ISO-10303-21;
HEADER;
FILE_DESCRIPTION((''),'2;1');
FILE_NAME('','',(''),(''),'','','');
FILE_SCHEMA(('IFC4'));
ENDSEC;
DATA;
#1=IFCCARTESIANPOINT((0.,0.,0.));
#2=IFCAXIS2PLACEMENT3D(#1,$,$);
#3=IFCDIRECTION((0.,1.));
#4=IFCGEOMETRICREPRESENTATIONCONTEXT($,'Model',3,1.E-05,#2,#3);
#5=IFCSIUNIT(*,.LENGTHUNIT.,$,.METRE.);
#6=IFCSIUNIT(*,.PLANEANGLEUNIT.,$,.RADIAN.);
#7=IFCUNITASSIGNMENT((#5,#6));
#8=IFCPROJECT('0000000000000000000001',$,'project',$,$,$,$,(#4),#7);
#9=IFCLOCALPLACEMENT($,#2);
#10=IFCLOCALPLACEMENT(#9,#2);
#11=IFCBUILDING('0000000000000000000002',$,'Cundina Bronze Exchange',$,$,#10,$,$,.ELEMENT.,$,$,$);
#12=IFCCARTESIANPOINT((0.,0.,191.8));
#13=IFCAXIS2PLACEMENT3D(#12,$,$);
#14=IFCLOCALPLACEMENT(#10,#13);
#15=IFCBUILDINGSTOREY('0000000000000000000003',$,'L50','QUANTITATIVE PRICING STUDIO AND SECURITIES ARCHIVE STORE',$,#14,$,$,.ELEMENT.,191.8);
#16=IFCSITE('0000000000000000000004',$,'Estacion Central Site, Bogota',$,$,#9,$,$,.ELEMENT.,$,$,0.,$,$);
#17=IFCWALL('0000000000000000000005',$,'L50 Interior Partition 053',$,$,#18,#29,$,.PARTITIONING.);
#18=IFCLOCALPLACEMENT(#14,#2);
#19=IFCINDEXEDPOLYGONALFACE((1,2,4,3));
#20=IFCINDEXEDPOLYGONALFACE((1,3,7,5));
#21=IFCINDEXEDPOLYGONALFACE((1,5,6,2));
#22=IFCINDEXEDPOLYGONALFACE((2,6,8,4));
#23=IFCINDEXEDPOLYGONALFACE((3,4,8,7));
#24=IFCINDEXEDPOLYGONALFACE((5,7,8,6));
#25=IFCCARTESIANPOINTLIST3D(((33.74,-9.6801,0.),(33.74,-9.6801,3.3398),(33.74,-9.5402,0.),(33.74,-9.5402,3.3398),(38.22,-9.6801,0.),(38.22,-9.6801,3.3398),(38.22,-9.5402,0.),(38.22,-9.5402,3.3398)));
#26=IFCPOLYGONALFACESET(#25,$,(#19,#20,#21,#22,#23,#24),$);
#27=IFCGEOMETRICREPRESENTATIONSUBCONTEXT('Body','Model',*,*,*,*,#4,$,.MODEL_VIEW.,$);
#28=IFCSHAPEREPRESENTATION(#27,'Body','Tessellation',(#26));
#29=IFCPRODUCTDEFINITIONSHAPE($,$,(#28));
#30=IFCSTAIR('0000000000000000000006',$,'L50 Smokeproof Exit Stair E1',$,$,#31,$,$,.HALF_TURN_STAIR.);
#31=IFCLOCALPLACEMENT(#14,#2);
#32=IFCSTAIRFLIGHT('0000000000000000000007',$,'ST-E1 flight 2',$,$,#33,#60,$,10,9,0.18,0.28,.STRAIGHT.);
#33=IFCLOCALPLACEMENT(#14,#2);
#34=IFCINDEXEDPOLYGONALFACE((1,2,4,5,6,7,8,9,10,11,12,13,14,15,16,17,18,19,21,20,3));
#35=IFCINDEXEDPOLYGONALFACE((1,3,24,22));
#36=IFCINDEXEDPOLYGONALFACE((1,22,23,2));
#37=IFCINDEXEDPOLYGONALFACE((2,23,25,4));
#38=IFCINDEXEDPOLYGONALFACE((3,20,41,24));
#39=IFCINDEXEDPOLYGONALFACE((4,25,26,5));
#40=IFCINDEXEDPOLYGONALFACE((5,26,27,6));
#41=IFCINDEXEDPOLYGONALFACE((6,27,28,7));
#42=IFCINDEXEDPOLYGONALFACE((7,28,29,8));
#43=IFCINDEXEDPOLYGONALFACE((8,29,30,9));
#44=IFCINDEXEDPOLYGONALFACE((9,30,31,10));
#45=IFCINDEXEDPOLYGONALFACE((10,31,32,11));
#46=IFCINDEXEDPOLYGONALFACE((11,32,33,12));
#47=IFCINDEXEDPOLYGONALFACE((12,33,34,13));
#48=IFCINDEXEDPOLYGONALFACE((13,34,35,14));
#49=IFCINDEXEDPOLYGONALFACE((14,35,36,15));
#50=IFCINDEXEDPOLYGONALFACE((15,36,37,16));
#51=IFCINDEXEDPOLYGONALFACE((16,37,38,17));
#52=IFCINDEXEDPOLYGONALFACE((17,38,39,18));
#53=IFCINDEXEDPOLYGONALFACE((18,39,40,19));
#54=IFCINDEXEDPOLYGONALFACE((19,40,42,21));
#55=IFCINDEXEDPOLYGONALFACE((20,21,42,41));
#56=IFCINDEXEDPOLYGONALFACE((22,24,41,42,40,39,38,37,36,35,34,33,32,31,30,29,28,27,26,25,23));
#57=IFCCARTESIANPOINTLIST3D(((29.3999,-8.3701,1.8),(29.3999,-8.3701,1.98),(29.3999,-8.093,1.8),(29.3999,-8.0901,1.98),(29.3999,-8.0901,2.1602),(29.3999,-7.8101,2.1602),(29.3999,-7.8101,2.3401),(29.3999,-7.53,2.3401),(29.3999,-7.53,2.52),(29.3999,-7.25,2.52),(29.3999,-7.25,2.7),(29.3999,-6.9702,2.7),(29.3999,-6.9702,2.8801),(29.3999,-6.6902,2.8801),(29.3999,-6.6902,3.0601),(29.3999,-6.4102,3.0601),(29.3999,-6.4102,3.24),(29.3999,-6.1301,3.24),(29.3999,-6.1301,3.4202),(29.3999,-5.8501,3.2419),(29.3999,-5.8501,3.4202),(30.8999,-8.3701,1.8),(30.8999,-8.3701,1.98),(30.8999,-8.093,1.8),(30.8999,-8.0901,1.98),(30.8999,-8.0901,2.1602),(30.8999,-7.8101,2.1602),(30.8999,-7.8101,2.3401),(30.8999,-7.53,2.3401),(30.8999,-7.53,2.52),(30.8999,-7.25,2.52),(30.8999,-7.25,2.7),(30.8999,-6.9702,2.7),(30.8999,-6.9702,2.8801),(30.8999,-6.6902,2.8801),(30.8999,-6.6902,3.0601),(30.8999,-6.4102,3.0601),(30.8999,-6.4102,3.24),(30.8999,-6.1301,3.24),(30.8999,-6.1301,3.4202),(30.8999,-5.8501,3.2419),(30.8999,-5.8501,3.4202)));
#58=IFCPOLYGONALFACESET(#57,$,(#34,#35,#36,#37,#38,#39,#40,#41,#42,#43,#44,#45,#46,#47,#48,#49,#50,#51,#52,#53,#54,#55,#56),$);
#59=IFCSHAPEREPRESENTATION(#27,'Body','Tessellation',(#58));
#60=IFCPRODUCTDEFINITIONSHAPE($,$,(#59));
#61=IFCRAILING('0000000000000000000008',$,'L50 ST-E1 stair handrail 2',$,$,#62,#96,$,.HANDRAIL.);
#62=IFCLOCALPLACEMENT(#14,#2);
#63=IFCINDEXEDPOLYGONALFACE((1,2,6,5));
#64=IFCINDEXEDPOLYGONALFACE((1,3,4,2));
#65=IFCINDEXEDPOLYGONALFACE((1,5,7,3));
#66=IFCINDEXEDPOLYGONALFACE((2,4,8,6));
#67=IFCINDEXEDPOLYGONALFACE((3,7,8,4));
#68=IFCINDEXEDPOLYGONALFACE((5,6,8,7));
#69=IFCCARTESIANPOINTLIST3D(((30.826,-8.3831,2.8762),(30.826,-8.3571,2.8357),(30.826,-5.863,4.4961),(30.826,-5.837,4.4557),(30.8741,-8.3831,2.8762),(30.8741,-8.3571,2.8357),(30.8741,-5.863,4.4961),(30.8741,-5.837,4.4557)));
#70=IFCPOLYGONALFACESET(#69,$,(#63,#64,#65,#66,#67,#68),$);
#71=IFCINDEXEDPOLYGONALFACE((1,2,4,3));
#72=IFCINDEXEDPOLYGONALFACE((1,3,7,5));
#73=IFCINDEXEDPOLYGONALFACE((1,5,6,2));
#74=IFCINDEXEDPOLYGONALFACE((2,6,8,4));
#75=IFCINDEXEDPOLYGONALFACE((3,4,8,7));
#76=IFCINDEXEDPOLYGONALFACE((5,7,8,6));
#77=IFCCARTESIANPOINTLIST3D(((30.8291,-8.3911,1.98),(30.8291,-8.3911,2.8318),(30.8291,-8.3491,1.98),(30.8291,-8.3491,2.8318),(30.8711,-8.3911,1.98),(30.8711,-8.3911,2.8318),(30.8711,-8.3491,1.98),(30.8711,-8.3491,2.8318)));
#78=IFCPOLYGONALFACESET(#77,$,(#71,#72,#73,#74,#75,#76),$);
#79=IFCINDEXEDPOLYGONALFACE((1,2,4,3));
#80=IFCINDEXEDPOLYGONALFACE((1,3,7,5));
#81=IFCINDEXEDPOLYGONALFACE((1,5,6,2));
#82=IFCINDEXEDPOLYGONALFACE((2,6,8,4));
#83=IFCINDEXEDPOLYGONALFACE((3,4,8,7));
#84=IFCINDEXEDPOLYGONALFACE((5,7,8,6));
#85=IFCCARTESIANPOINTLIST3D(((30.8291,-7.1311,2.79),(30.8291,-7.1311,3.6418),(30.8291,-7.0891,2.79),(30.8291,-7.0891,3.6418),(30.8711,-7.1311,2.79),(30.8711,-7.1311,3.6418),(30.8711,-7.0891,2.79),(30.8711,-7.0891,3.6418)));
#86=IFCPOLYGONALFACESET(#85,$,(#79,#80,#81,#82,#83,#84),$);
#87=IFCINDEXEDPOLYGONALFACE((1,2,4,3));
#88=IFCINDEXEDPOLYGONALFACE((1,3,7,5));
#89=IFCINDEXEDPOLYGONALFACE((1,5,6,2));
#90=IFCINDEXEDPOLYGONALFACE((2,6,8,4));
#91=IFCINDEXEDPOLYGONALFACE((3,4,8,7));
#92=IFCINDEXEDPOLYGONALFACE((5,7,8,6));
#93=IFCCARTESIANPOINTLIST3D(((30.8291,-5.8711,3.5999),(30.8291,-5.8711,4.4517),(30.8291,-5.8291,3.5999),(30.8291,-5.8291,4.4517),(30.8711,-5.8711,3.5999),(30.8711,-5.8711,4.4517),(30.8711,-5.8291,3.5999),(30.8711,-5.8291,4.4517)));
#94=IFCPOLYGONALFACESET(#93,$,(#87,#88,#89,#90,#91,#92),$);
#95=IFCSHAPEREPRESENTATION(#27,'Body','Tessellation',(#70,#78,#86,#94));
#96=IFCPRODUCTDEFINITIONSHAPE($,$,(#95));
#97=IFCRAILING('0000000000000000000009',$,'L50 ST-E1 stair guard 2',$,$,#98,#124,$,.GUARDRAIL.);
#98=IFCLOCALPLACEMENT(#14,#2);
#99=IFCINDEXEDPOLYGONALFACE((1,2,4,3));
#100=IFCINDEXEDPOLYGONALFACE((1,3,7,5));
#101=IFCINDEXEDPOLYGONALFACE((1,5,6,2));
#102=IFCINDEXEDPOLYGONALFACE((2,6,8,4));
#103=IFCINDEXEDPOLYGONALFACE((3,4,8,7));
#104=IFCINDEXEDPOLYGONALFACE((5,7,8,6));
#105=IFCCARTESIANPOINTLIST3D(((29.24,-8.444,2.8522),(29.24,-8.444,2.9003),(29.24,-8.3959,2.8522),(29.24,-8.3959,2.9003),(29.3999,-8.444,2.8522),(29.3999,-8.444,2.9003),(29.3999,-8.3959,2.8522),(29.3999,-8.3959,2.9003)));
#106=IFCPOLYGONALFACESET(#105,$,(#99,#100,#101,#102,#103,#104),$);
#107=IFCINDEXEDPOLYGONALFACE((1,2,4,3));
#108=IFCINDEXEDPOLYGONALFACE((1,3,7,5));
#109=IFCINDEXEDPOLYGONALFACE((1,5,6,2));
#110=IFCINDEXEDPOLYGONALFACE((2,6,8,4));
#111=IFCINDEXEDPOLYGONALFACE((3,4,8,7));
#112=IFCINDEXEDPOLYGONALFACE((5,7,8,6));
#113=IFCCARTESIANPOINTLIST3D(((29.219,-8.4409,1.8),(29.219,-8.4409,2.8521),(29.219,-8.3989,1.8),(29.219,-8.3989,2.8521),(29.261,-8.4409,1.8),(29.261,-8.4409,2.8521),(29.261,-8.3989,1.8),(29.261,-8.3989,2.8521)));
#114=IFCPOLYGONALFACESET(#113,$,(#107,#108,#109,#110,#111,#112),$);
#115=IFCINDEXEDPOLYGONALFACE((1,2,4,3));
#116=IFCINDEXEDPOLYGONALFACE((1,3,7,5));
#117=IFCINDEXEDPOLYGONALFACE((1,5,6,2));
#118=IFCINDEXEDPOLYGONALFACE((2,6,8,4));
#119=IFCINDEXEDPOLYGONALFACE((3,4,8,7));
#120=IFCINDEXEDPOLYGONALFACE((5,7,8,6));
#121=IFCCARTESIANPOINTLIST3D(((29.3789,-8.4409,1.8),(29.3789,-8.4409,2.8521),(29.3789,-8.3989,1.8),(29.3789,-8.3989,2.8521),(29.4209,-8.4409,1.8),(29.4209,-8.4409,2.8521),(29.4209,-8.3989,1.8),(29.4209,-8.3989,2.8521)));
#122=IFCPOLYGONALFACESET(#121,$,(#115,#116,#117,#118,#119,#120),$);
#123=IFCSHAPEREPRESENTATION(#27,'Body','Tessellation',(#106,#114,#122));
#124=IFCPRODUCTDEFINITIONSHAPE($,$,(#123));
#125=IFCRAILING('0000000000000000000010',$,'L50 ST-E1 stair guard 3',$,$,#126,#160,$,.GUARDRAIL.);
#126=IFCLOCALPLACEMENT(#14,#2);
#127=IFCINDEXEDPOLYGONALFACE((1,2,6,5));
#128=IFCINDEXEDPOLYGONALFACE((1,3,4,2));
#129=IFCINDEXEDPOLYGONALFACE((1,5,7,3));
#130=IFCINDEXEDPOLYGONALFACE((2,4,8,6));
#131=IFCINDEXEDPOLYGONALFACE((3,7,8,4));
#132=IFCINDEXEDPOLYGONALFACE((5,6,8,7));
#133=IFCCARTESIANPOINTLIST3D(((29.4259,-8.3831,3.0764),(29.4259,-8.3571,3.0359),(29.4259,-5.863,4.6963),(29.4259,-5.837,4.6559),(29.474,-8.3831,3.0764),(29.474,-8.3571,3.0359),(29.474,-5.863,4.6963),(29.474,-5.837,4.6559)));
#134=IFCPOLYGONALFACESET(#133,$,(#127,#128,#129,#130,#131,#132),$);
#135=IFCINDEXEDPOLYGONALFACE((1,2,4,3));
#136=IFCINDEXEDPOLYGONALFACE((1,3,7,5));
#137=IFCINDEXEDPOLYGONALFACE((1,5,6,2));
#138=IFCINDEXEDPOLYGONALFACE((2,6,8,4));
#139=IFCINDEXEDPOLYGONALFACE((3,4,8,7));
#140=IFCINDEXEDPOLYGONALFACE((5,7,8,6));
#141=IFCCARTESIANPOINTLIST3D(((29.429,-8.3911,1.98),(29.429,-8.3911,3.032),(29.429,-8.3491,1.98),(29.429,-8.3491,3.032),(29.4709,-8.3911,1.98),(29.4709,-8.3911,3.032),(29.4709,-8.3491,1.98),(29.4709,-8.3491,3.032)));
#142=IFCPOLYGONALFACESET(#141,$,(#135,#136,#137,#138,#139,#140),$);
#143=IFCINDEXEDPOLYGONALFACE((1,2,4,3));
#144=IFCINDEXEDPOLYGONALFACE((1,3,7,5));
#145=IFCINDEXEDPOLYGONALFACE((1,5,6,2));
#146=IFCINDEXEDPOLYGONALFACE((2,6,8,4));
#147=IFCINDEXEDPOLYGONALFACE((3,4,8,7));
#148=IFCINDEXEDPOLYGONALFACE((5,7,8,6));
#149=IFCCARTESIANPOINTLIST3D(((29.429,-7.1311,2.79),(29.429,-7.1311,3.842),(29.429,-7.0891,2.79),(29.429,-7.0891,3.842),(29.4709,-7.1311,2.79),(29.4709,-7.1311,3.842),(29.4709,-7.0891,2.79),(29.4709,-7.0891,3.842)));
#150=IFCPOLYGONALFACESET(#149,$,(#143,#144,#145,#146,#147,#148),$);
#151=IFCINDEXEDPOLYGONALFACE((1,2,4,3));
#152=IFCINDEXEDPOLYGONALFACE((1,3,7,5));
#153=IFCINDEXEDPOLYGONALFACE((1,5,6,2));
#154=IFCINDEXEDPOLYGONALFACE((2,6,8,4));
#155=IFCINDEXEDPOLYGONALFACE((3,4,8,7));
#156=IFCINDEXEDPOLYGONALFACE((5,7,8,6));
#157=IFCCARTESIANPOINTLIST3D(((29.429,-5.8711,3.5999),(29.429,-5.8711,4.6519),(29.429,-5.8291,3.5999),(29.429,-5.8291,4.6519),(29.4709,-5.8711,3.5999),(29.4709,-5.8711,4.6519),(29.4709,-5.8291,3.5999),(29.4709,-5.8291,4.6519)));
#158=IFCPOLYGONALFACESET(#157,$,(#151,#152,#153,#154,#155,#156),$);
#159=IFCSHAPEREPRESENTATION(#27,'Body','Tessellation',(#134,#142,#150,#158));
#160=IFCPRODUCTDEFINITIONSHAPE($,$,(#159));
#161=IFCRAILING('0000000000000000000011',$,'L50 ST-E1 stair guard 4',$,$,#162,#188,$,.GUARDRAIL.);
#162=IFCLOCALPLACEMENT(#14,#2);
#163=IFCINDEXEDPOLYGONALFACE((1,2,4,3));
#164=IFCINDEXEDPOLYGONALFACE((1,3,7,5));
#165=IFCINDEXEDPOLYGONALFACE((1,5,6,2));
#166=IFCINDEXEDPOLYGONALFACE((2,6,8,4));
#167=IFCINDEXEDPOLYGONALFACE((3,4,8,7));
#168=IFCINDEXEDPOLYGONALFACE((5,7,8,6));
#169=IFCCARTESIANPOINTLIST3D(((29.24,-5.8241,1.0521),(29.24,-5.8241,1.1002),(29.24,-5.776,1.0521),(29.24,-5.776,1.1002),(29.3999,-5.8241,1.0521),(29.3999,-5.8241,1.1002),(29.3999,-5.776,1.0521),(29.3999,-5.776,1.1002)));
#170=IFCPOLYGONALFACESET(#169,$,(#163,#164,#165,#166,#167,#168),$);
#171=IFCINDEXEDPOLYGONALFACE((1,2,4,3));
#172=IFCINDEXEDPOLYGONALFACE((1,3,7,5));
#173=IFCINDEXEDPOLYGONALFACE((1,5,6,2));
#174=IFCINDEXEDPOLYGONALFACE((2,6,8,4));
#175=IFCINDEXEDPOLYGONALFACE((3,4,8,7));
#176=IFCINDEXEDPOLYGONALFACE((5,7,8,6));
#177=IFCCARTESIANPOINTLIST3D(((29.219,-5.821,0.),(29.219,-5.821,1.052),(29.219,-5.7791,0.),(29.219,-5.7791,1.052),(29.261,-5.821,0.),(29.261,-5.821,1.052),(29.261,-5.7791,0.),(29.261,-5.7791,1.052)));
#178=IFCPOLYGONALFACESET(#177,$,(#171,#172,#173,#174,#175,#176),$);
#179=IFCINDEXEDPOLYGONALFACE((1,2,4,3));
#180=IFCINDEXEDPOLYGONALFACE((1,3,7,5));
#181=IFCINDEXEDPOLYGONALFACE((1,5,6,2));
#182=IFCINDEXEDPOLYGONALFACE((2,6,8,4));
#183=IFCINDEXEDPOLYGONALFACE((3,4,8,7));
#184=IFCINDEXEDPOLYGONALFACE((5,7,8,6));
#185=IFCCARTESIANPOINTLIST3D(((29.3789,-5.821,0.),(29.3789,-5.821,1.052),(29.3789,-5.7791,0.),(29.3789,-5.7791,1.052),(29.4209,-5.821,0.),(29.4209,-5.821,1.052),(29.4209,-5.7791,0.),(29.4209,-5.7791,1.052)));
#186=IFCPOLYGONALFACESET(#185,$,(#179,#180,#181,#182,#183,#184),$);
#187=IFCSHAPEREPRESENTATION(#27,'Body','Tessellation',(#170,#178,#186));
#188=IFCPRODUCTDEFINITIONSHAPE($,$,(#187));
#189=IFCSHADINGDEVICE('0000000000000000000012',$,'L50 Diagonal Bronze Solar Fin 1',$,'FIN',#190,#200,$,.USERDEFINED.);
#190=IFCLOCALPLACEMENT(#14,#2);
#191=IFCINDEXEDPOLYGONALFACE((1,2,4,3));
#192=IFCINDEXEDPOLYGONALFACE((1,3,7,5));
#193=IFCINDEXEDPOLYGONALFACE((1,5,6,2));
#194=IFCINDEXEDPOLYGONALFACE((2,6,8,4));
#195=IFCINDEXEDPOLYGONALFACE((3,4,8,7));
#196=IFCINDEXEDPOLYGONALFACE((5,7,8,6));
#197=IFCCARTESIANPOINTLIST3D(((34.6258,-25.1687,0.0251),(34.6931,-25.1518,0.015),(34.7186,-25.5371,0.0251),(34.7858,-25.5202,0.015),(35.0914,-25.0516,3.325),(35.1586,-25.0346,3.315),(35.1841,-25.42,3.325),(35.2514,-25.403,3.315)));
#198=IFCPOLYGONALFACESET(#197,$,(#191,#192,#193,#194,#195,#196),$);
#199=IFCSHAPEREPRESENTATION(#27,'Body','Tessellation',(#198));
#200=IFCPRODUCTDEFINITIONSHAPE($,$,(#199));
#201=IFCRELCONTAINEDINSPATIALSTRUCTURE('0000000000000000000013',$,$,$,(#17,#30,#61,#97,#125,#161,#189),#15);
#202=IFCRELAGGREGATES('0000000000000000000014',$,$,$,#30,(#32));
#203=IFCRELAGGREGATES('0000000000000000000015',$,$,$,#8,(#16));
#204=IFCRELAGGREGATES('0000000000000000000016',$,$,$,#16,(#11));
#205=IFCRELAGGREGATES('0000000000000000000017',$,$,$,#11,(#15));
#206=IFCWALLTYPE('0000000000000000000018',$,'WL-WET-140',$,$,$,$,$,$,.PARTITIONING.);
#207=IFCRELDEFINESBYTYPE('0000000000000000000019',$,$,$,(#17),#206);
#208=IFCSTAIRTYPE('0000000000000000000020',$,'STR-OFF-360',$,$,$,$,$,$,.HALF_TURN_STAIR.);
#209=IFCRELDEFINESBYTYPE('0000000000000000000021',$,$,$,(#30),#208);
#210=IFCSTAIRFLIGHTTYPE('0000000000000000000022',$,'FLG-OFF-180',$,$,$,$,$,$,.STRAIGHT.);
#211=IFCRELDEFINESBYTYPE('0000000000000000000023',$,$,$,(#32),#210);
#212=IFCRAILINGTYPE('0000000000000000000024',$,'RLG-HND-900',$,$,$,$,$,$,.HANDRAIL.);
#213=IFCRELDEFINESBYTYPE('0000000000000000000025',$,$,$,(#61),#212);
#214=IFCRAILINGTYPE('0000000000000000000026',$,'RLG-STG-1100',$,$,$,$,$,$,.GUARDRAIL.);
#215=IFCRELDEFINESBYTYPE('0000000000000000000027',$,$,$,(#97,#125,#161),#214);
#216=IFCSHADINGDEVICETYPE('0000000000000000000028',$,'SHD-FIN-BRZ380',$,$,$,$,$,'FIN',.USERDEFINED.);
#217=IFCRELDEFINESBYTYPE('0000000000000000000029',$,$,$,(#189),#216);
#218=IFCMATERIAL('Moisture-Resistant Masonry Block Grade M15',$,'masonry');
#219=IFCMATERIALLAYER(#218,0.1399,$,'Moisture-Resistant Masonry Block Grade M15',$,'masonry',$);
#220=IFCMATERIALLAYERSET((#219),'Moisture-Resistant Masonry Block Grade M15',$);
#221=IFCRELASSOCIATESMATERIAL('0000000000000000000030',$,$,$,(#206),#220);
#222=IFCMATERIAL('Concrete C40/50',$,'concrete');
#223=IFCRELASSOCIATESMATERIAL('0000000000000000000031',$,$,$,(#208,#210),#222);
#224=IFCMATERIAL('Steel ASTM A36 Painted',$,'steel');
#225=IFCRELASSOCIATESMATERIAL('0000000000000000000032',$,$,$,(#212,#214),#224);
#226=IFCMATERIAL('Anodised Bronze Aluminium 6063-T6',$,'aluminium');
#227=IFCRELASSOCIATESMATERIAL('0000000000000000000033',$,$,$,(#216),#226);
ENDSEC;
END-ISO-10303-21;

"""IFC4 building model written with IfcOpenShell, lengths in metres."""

from ifc_helpers import new_model, si_unit, direction, frame, frame_2d, origin, origin_2d, place, context, subcontext, project, spatial, polyline, rectangle, outline, extrude, material, layer, layer_set, material_profile, profile_set, type_object, element, aggregate, save


model = new_model("IFC4")

# Units and contexts
model_context = context("Model", 3, precision=1e-05, world=origin(), true_north=direction((0.0, 1.0)))
body_context = subcontext(model_context, "Body", "Model", "MODEL_VIEW")
ifc_project = project(units=[si_unit("LENGTHUNIT", "METRE"), si_unit("PLANEANGLEUNIT", "RADIAN")], contexts=[model_context])

# Site, building, storey
site_placement = place(None, origin())
site = spatial("IfcSite", under=ifc_project, at=site_placement, Name="Estacion Central Site, Bogota", CompositionType="ELEMENT", RefElevation=0.0)
building_placement = place(site_placement, origin())
building = spatial("IfcBuilding", under=site, at=building_placement, Name="Cundina Bronze Exchange", CompositionType="ELEMENT")
storey_placement = place(building_placement, frame((0.0, 0.0, 191.8)))
storey = spatial("IfcBuildingStorey", under=building, at=storey_placement, Name="L50", Description="QUANTITATIVE PRICING STUDIO AND SECURITIES ARCHIVE STORE", CompositionType="ELEMENT", Elevation=191.8)

# Shared definitions
ifc_material_1 = material(Name="Anodised Bronze Aluminium 6063-T6", Category="aluminium")

# Wall
ifc_material_2 = material(Name="Moisture-Resistant Masonry Block Grade M15", Category="masonry")
ifc_layer_1 = layer(ifc_material_2, 0.1399, Name="Moisture-Resistant Masonry Block Grade M15", Category="masonry")
ifc_layer_set_1 = layer_set([ifc_layer_1], Name="Moisture-Resistant Masonry Block Grade M15")
wall_type_1 = type_object("IfcWallType", Name="WL-WET-140", PredefinedType="PARTITIONING", material=ifc_layer_set_1)
for number, where, z_axis, x_axis, name in (
    (1, (33.74, -9.6101, 0.0), (0.0, 0.0, 1.0), (1.0, 0.0, 0.0), "L50 Interior Partition 053"),
):
    element("IfcWall", number, at=place(storey_placement, frame(where, z_axis=z_axis, x_axis=x_axis)), inside=storey, type_object=wall_type_1, Name=name, PredefinedType="PARTITIONING", context=body_context, shape_type="SweptSolid", body=[
        extrude(rectangle(XDim=4.48, YDim=0.1399, at=frame_2d((2.24, 0.0))), origin(), (0.0, 0.0, 1.0), 3.3398),
    ])

# Stair, stair flight
ifc_material_3 = material(Name="Concrete C40/50", Category="concrete")
stair_type = type_object("IfcStairType", Name="STR-OFF-360", PredefinedType="HALF_TURN_STAIR", material=ifc_material_3)
stair_placement = place(storey_placement, origin())
stair = element("IfcStair", 2, at=stair_placement, inside=storey, type_object=stair_type, Name="L50 Smokeproof Exit Stair E1", PredefinedType="HALF_TURN_STAIR")
stair_flight_type = type_object("IfcStairFlightType", Name="FLG-OFF-180", PredefinedType="STRAIGHT", material=ifc_material_3)
stair_flight_placement = place(storey_placement, frame((30.1499, -8.3701, 1.8), z_axis=(0.0, 0.0, 1.0), x_axis=(0.0, 1.0, 0.0)))
stair_flight = element("IfcStairFlight", 3, at=stair_flight_placement, type_object=stair_flight_type, Name="ST-E1 flight 2", NumberOfRisers=10, NumberOfTreads=9, PredefinedType="STRAIGHT", RiserHeight=0.18, TreadLength=0.28, context=body_context, shape_type="SweptSolid", body=[
    extrude(outline(polyline([(0.0, 0.0), (0.0, 0.1799), (0.28, 0.1799), (0.28, 0.3601), (0.5601, 0.3601), (0.5601, 0.54), (0.8401, 0.54), (0.8401, 0.72), (1.1201, 0.72), (1.1201, 0.8999), (1.3999, 0.8999), (1.3999, 1.0801), (1.6799, 1.0801), (1.6799, 1.26), (1.96, 1.26), (1.96, 1.4399), (2.24, 1.4399), (2.24, 1.6201), (2.52, 1.6201), (2.52, 1.8), (2.52, 1.4419), (0.2771, 0.0), (0.0, 0.0)])), frame((0.0, 0.75, 0.0), z_axis=(0.0, -1.0, 0.0), x_axis=(1.0, 0.0, 0.0)), (0.0, 0.0, 1.0), 1.5),
])
aggregate(stair, [stair_flight])

# Railings
ifc_material_4 = material(Name="Steel ASTM A36 Painted", Category="steel")
railing_type_1 = type_object("IfcRailingType", Name="RLG-HND-900", PredefinedType="HANDRAIL", material=ifc_material_4)
railing_1_placement = place(storey_placement, frame((30.8501, -8.3701, 1.98)))
element("IfcRailing", 4, at=railing_1_placement, inside=storey, type_object=railing_type_1, Name="L50 ST-E1 stair handrail 2", PredefinedType="HANDRAIL", context=body_context, shape_type="SweptSolid", body=[
    extrude(rectangle(XDim=0.0481, YDim=0.0481, at=origin_2d()), frame((0.0, 0.0, 0.876), z_axis=(0.0, 0.8412, 0.540725), x_axis=(-1.0, 0.0, 0.0)), (0.0, 0.0, 1.0), 2.9958),
    extrude(rectangle(XDim=0.042, YDim=0.042, at=origin_2d()), origin(), (0.0, 0.0, 1.0), 0.8518),
    extrude(rectangle(XDim=0.042, YDim=0.042, at=origin_2d()), frame((0.0, 1.26, 0.8101)), (0.0, 0.0, 1.0), 0.8518),
    extrude(rectangle(XDim=0.042, YDim=0.042, at=origin_2d()), frame((0.0, 2.52, 1.6199)), (0.0, 0.0, 1.0), 0.8518),
])
railing_type_2 = type_object("IfcRailingType", Name="RLG-STG-1100", PredefinedType="GUARDRAIL", material=ifc_material_4)
railing_2_placement = place(storey_placement, frame((29.24, -8.4199, 1.8)))
element("IfcRailing", 5, at=railing_2_placement, inside=storey, type_object=railing_type_2, Name="L50 ST-E1 stair guard 2", PredefinedType="GUARDRAIL", context=body_context, shape_type="SweptSolid", body=[
    extrude(rectangle(XDim=0.0481, YDim=0.0481, at=origin_2d()), frame((0.0, 0.0, 1.0762), z_axis=(1.0, 0.0, 0.0), x_axis=(0.0, 1.0, 0.0)), (0.0, 0.0, 1.0), 0.1599),
    extrude(rectangle(XDim=0.042, YDim=0.042, at=origin_2d()), origin(), (0.0, 0.0, 1.0), 1.052),
    extrude(rectangle(XDim=0.042, YDim=0.042, at=origin_2d()), frame((0.1599, 0.0, 0.0)), (0.0, 0.0, 1.0), 1.052),
])
railing_3_placement = place(storey_placement, frame((29.45, -8.3701, 1.98)))
element("IfcRailing", 6, at=railing_3_placement, inside=storey, type_object=railing_type_2, Name="L50 ST-E1 stair guard 3", PredefinedType="GUARDRAIL", context=body_context, shape_type="SweptSolid", body=[
    extrude(rectangle(XDim=0.0481, YDim=0.0481, at=origin_2d()), frame((0.0, 0.0, 1.0762), z_axis=(0.0, 0.8412, 0.540725), x_axis=(-1.0, 0.0, 0.0)), (0.0, 0.0, 1.0), 2.9958),
    extrude(rectangle(XDim=0.042, YDim=0.042, at=origin_2d()), origin(), (0.0, 0.0, 1.0), 1.052),
    extrude(rectangle(XDim=0.042, YDim=0.042, at=origin_2d()), frame((0.0, 1.26, 0.8101)), (0.0, 0.0, 1.0), 1.052),
    extrude(rectangle(XDim=0.042, YDim=0.042, at=origin_2d()), frame((0.0, 2.52, 1.6199)), (0.0, 0.0, 1.0), 1.052),
])
railing_4_placement = place(storey_placement, frame((29.24, -5.8, 0.0)))
element("IfcRailing", 7, at=railing_4_placement, inside=storey, type_object=railing_type_2, Name="L50 ST-E1 stair guard 4", PredefinedType="GUARDRAIL", context=body_context, shape_type="SweptSolid", body=[
    extrude(rectangle(XDim=0.0481, YDim=0.0481, at=origin_2d()), frame((0.0, 0.0, 1.0762), z_axis=(1.0, 0.0, 0.0), x_axis=(0.0, 1.0, 0.0)), (0.0, 0.0, 1.0), 0.1599),
    extrude(rectangle(XDim=0.042, YDim=0.042, at=origin_2d()), origin(), (0.0, 0.0, 1.0), 1.052),
    extrude(rectangle(XDim=0.042, YDim=0.042, at=origin_2d()), frame((0.1599, 0.0, 0.0)), (0.0, 0.0, 1.0), 1.052),
])

# Shading device
ifc_material_profile_1 = material_profile(ifc_material_1, rectangle(XDim=0.0701, YDim=0.3799, at=origin_2d()), Name="FIN70X380", Category="aluminium")
ifc_profile_set_1 = profile_set([ifc_material_profile_1], Name="Anodised Bronze Aluminium 6063-T6")
shading_device_type = type_object("IfcShadingDeviceType", Name="SHD-FIN-BRZ380", ElementType="FIN", PredefinedType="USERDEFINED", material=ifc_profile_set_1)
shading_device_placement = place(storey_placement, frame((34.7058, -25.3445, 0.02), z_axis=(0.139612, 0.035141, 0.989583), x_axis=(-0.95965, -0.241548, 0.143967)))
element("IfcShadingDevice", 8, at=shading_device_placement, inside=storey, type_object=shading_device_type, Name="L50 Diagonal Bronze Solar Fin 1", ObjectType="FIN", PredefinedType="USERDEFINED", context=body_context, shape_type="SweptSolid", body=[
    extrude(rectangle(XDim=0.0701, YDim=0.3799, at=origin_2d()), origin(), (0.0, 0.0, 1.0), 3.3347),
])

save(model, "model.ifc")
